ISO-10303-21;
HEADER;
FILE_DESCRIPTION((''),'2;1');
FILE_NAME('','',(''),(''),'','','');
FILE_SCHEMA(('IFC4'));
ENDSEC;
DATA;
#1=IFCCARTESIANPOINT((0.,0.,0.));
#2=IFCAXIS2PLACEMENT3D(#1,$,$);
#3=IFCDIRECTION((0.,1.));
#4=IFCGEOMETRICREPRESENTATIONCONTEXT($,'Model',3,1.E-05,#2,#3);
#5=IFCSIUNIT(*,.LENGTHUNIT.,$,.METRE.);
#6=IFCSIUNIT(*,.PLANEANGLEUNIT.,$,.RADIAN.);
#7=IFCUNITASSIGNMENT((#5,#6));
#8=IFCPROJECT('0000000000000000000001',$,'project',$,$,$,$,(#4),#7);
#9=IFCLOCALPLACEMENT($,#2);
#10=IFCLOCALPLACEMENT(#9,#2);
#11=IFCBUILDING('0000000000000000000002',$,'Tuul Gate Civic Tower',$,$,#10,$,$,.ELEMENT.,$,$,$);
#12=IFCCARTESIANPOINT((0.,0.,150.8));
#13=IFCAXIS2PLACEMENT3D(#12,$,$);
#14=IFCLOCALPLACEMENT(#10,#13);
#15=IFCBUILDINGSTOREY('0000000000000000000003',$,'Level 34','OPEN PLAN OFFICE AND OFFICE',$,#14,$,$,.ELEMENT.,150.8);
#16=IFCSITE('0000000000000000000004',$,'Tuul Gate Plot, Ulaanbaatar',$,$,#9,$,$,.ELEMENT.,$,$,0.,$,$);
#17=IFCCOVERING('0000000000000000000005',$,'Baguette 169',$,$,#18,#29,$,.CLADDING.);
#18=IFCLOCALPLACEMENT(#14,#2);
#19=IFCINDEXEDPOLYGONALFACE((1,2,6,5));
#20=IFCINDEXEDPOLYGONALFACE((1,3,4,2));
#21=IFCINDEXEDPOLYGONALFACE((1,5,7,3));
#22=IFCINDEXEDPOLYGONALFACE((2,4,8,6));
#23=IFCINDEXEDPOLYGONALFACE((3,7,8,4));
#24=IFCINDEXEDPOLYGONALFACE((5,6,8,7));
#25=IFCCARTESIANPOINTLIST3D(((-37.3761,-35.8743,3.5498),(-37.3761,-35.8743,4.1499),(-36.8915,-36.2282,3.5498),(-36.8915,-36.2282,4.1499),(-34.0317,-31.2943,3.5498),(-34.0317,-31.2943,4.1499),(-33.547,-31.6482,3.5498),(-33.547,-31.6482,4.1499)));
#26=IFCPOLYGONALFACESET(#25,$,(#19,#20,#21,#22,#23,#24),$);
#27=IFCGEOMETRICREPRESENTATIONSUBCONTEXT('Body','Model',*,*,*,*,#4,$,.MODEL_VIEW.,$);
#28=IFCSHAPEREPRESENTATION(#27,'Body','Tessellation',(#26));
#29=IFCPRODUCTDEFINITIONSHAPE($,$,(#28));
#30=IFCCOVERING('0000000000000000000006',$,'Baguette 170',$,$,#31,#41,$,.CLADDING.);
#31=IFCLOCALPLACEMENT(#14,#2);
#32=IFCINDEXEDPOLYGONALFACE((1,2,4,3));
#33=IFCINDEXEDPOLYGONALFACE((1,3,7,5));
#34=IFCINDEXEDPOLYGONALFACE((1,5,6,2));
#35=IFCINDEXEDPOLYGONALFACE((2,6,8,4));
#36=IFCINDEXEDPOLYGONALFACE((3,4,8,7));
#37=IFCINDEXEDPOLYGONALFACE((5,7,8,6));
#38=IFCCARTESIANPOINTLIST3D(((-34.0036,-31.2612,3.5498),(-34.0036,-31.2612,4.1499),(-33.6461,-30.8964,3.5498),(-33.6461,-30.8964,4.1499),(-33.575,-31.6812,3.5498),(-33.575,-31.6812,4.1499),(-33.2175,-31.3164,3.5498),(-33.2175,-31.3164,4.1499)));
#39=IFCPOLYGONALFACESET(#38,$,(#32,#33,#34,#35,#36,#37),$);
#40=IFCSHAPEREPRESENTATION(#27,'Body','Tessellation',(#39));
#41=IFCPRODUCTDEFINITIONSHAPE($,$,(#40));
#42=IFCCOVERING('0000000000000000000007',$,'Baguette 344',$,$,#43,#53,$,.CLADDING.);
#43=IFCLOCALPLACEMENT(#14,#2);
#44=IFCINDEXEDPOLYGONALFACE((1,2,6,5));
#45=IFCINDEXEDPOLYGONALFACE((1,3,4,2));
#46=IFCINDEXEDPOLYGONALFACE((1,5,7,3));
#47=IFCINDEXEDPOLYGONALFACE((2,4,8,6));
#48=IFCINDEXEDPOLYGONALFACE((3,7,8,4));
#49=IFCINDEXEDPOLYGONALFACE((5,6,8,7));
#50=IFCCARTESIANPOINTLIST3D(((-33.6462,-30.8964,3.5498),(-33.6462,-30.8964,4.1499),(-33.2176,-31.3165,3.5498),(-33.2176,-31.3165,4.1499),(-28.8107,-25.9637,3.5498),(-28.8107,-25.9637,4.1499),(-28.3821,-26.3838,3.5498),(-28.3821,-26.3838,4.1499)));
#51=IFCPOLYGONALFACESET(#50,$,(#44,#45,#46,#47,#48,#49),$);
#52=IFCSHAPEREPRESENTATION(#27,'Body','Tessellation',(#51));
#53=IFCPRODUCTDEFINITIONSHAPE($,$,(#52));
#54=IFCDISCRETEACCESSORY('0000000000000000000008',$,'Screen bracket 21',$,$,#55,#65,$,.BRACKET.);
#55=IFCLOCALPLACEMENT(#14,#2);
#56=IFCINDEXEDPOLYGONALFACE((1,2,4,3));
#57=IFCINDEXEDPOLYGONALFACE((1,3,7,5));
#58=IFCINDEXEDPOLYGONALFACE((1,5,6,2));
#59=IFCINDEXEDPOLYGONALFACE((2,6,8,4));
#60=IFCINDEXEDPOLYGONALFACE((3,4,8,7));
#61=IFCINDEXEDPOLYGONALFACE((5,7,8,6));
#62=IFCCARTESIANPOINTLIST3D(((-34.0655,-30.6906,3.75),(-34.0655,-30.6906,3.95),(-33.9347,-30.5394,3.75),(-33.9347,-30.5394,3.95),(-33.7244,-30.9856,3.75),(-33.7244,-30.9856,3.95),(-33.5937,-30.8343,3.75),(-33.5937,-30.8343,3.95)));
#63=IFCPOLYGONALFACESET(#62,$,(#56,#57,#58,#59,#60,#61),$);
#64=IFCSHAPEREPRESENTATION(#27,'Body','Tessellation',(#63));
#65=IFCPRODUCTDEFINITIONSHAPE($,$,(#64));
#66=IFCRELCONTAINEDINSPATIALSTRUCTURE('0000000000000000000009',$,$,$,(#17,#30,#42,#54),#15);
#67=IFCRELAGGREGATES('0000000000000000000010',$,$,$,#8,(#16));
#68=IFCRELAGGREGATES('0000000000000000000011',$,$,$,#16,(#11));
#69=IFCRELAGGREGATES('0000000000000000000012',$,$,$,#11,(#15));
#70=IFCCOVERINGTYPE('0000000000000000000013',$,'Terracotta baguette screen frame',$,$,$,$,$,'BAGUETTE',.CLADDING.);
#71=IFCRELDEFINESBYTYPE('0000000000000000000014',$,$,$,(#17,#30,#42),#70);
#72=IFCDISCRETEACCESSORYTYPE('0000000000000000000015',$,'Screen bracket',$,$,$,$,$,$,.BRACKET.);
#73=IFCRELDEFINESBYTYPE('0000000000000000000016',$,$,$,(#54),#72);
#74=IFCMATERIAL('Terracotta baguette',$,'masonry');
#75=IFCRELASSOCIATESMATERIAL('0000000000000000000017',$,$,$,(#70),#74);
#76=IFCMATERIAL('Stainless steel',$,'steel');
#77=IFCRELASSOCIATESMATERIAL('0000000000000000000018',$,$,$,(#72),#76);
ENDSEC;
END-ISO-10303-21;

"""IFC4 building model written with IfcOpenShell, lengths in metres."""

from ifc_helpers import new_model, si_unit, direction, frame, origin, origin_2d, place, context, subcontext, project, spatial, rectangle, extrude, material, material_profile, profile_set, type_object, element, save


model = new_model("IFC4")

# Units and contexts
model_context = context("Model", 3, precision=1e-05, world=origin(), true_north=direction((0.0, 1.0)))
body_context = subcontext(model_context, "Body", "Model", "MODEL_VIEW")
ifc_project = project(units=[si_unit("LENGTHUNIT", "METRE"), si_unit("PLANEANGLEUNIT", "RADIAN")], contexts=[model_context])

# Site, building, storey
site_placement = place(None, origin())
site = spatial("IfcSite", under=ifc_project, at=site_placement, Name="Tuul Gate Plot, Ulaanbaatar", CompositionType="ELEMENT", RefElevation=0.0)
building_placement = place(site_placement, origin())
building = spatial("IfcBuilding", under=site, at=building_placement, Name="Tuul Gate Civic Tower", CompositionType="ELEMENT")
storey_placement = place(building_placement, frame((0.0, 0.0, 150.8)))
storey = spatial("IfcBuildingStorey", under=building, at=storey_placement, Name="Level 34", Description="OPEN PLAN OFFICE AND OFFICE", CompositionType="ELEMENT", Elevation=150.8)

# Coverings
ifc_material_1 = material(Name="Terracotta baguette", Category="masonry")
ifc_material_profile_1 = material_profile(ifc_material_1, rectangle(XDim=0.6001, YDim=0.6001, at=origin_2d()), Name="Terracotta baguette screen frame")
ifc_profile_set_1 = profile_set([ifc_material_profile_1], Name="Terracotta baguette")
covering_type = type_object("IfcCoveringType", Name="Terracotta baguette screen frame", ElementType="BAGUETTE", PredefinedType="CLADDING", material=ifc_profile_set_1)
covering_1_placement = place(storey_placement, frame((-37.1338, -36.0513, 3.8499), z_axis=(0.589729, 0.807601, 0.0), x_axis=(-0.807601, 0.589729, 0.0)))
element("IfcCovering", 1, at=covering_1_placement, inside=storey, type_object=covering_type, Name="Baguette 169", PredefinedType="CLADDING", context=body_context, shape_type="SweptSolid", body=[
    extrude(rectangle(XDim=0.6001, YDim=0.6001, at=origin_2d()), origin(), (0.0, 0.0, 1.0), 5.6711),
])
covering_2_placement = place(storey_placement, frame((-33.7893, -31.4712, 3.8499), z_axis=(0.699899, 0.714242, 0.0), x_axis=(-0.714242, 0.699899, 0.0)))
element("IfcCovering", 2, at=covering_2_placement, inside=storey, type_object=covering_type, Name="Baguette 170", PredefinedType="CLADDING", context=body_context, shape_type="SweptSolid", body=[
    extrude(rectangle(XDim=0.6001, YDim=0.6001, at=origin_2d()), origin(), (0.0, 0.0, 1.0), 0.5107),
])
covering_3_placement = place(storey_placement, frame((-33.4319, -31.1064, 3.8499), z_axis=(0.700038, 0.714105, 0.0), x_axis=(-0.714105, 0.700038, 0.0)))
element("IfcCovering", 3, at=covering_3_placement, inside=storey, type_object=covering_type, Name="Baguette 344", PredefinedType="CLADDING", context=body_context, shape_type="SweptSolid", body=[
    extrude(rectangle(XDim=0.6001, YDim=0.6001, at=origin_2d()), origin(), (0.0, 0.0, 1.0), 6.9075),
])

# Discrete accessory
ifc_material_2 = material(Name="Stainless steel", Category="steel")
discrete_accessory_type = type_object("IfcDiscreteAccessoryType", Name="Screen bracket", PredefinedType="BRACKET", material=ifc_material_2)
discrete_accessory_placement = place(storey_placement, frame((-33.8296, -30.7625, 3.75), z_axis=(0.0, 0.0, 1.0), x_axis=(0.756394, -0.654117, 0.0)))
element("IfcDiscreteAccessory", 4, at=discrete_accessory_placement, inside=storey, type_object=discrete_accessory_type, Name="Screen bracket 21", PredefinedType="BRACKET", context=body_context, shape_type="SweptSolid", body=[
    extrude(rectangle(XDim=0.4509, YDim=0.2, at=origin_2d()), origin(), (0.0, 0.0, 1.0), 0.2),
])

save(model, "model.ifc")
